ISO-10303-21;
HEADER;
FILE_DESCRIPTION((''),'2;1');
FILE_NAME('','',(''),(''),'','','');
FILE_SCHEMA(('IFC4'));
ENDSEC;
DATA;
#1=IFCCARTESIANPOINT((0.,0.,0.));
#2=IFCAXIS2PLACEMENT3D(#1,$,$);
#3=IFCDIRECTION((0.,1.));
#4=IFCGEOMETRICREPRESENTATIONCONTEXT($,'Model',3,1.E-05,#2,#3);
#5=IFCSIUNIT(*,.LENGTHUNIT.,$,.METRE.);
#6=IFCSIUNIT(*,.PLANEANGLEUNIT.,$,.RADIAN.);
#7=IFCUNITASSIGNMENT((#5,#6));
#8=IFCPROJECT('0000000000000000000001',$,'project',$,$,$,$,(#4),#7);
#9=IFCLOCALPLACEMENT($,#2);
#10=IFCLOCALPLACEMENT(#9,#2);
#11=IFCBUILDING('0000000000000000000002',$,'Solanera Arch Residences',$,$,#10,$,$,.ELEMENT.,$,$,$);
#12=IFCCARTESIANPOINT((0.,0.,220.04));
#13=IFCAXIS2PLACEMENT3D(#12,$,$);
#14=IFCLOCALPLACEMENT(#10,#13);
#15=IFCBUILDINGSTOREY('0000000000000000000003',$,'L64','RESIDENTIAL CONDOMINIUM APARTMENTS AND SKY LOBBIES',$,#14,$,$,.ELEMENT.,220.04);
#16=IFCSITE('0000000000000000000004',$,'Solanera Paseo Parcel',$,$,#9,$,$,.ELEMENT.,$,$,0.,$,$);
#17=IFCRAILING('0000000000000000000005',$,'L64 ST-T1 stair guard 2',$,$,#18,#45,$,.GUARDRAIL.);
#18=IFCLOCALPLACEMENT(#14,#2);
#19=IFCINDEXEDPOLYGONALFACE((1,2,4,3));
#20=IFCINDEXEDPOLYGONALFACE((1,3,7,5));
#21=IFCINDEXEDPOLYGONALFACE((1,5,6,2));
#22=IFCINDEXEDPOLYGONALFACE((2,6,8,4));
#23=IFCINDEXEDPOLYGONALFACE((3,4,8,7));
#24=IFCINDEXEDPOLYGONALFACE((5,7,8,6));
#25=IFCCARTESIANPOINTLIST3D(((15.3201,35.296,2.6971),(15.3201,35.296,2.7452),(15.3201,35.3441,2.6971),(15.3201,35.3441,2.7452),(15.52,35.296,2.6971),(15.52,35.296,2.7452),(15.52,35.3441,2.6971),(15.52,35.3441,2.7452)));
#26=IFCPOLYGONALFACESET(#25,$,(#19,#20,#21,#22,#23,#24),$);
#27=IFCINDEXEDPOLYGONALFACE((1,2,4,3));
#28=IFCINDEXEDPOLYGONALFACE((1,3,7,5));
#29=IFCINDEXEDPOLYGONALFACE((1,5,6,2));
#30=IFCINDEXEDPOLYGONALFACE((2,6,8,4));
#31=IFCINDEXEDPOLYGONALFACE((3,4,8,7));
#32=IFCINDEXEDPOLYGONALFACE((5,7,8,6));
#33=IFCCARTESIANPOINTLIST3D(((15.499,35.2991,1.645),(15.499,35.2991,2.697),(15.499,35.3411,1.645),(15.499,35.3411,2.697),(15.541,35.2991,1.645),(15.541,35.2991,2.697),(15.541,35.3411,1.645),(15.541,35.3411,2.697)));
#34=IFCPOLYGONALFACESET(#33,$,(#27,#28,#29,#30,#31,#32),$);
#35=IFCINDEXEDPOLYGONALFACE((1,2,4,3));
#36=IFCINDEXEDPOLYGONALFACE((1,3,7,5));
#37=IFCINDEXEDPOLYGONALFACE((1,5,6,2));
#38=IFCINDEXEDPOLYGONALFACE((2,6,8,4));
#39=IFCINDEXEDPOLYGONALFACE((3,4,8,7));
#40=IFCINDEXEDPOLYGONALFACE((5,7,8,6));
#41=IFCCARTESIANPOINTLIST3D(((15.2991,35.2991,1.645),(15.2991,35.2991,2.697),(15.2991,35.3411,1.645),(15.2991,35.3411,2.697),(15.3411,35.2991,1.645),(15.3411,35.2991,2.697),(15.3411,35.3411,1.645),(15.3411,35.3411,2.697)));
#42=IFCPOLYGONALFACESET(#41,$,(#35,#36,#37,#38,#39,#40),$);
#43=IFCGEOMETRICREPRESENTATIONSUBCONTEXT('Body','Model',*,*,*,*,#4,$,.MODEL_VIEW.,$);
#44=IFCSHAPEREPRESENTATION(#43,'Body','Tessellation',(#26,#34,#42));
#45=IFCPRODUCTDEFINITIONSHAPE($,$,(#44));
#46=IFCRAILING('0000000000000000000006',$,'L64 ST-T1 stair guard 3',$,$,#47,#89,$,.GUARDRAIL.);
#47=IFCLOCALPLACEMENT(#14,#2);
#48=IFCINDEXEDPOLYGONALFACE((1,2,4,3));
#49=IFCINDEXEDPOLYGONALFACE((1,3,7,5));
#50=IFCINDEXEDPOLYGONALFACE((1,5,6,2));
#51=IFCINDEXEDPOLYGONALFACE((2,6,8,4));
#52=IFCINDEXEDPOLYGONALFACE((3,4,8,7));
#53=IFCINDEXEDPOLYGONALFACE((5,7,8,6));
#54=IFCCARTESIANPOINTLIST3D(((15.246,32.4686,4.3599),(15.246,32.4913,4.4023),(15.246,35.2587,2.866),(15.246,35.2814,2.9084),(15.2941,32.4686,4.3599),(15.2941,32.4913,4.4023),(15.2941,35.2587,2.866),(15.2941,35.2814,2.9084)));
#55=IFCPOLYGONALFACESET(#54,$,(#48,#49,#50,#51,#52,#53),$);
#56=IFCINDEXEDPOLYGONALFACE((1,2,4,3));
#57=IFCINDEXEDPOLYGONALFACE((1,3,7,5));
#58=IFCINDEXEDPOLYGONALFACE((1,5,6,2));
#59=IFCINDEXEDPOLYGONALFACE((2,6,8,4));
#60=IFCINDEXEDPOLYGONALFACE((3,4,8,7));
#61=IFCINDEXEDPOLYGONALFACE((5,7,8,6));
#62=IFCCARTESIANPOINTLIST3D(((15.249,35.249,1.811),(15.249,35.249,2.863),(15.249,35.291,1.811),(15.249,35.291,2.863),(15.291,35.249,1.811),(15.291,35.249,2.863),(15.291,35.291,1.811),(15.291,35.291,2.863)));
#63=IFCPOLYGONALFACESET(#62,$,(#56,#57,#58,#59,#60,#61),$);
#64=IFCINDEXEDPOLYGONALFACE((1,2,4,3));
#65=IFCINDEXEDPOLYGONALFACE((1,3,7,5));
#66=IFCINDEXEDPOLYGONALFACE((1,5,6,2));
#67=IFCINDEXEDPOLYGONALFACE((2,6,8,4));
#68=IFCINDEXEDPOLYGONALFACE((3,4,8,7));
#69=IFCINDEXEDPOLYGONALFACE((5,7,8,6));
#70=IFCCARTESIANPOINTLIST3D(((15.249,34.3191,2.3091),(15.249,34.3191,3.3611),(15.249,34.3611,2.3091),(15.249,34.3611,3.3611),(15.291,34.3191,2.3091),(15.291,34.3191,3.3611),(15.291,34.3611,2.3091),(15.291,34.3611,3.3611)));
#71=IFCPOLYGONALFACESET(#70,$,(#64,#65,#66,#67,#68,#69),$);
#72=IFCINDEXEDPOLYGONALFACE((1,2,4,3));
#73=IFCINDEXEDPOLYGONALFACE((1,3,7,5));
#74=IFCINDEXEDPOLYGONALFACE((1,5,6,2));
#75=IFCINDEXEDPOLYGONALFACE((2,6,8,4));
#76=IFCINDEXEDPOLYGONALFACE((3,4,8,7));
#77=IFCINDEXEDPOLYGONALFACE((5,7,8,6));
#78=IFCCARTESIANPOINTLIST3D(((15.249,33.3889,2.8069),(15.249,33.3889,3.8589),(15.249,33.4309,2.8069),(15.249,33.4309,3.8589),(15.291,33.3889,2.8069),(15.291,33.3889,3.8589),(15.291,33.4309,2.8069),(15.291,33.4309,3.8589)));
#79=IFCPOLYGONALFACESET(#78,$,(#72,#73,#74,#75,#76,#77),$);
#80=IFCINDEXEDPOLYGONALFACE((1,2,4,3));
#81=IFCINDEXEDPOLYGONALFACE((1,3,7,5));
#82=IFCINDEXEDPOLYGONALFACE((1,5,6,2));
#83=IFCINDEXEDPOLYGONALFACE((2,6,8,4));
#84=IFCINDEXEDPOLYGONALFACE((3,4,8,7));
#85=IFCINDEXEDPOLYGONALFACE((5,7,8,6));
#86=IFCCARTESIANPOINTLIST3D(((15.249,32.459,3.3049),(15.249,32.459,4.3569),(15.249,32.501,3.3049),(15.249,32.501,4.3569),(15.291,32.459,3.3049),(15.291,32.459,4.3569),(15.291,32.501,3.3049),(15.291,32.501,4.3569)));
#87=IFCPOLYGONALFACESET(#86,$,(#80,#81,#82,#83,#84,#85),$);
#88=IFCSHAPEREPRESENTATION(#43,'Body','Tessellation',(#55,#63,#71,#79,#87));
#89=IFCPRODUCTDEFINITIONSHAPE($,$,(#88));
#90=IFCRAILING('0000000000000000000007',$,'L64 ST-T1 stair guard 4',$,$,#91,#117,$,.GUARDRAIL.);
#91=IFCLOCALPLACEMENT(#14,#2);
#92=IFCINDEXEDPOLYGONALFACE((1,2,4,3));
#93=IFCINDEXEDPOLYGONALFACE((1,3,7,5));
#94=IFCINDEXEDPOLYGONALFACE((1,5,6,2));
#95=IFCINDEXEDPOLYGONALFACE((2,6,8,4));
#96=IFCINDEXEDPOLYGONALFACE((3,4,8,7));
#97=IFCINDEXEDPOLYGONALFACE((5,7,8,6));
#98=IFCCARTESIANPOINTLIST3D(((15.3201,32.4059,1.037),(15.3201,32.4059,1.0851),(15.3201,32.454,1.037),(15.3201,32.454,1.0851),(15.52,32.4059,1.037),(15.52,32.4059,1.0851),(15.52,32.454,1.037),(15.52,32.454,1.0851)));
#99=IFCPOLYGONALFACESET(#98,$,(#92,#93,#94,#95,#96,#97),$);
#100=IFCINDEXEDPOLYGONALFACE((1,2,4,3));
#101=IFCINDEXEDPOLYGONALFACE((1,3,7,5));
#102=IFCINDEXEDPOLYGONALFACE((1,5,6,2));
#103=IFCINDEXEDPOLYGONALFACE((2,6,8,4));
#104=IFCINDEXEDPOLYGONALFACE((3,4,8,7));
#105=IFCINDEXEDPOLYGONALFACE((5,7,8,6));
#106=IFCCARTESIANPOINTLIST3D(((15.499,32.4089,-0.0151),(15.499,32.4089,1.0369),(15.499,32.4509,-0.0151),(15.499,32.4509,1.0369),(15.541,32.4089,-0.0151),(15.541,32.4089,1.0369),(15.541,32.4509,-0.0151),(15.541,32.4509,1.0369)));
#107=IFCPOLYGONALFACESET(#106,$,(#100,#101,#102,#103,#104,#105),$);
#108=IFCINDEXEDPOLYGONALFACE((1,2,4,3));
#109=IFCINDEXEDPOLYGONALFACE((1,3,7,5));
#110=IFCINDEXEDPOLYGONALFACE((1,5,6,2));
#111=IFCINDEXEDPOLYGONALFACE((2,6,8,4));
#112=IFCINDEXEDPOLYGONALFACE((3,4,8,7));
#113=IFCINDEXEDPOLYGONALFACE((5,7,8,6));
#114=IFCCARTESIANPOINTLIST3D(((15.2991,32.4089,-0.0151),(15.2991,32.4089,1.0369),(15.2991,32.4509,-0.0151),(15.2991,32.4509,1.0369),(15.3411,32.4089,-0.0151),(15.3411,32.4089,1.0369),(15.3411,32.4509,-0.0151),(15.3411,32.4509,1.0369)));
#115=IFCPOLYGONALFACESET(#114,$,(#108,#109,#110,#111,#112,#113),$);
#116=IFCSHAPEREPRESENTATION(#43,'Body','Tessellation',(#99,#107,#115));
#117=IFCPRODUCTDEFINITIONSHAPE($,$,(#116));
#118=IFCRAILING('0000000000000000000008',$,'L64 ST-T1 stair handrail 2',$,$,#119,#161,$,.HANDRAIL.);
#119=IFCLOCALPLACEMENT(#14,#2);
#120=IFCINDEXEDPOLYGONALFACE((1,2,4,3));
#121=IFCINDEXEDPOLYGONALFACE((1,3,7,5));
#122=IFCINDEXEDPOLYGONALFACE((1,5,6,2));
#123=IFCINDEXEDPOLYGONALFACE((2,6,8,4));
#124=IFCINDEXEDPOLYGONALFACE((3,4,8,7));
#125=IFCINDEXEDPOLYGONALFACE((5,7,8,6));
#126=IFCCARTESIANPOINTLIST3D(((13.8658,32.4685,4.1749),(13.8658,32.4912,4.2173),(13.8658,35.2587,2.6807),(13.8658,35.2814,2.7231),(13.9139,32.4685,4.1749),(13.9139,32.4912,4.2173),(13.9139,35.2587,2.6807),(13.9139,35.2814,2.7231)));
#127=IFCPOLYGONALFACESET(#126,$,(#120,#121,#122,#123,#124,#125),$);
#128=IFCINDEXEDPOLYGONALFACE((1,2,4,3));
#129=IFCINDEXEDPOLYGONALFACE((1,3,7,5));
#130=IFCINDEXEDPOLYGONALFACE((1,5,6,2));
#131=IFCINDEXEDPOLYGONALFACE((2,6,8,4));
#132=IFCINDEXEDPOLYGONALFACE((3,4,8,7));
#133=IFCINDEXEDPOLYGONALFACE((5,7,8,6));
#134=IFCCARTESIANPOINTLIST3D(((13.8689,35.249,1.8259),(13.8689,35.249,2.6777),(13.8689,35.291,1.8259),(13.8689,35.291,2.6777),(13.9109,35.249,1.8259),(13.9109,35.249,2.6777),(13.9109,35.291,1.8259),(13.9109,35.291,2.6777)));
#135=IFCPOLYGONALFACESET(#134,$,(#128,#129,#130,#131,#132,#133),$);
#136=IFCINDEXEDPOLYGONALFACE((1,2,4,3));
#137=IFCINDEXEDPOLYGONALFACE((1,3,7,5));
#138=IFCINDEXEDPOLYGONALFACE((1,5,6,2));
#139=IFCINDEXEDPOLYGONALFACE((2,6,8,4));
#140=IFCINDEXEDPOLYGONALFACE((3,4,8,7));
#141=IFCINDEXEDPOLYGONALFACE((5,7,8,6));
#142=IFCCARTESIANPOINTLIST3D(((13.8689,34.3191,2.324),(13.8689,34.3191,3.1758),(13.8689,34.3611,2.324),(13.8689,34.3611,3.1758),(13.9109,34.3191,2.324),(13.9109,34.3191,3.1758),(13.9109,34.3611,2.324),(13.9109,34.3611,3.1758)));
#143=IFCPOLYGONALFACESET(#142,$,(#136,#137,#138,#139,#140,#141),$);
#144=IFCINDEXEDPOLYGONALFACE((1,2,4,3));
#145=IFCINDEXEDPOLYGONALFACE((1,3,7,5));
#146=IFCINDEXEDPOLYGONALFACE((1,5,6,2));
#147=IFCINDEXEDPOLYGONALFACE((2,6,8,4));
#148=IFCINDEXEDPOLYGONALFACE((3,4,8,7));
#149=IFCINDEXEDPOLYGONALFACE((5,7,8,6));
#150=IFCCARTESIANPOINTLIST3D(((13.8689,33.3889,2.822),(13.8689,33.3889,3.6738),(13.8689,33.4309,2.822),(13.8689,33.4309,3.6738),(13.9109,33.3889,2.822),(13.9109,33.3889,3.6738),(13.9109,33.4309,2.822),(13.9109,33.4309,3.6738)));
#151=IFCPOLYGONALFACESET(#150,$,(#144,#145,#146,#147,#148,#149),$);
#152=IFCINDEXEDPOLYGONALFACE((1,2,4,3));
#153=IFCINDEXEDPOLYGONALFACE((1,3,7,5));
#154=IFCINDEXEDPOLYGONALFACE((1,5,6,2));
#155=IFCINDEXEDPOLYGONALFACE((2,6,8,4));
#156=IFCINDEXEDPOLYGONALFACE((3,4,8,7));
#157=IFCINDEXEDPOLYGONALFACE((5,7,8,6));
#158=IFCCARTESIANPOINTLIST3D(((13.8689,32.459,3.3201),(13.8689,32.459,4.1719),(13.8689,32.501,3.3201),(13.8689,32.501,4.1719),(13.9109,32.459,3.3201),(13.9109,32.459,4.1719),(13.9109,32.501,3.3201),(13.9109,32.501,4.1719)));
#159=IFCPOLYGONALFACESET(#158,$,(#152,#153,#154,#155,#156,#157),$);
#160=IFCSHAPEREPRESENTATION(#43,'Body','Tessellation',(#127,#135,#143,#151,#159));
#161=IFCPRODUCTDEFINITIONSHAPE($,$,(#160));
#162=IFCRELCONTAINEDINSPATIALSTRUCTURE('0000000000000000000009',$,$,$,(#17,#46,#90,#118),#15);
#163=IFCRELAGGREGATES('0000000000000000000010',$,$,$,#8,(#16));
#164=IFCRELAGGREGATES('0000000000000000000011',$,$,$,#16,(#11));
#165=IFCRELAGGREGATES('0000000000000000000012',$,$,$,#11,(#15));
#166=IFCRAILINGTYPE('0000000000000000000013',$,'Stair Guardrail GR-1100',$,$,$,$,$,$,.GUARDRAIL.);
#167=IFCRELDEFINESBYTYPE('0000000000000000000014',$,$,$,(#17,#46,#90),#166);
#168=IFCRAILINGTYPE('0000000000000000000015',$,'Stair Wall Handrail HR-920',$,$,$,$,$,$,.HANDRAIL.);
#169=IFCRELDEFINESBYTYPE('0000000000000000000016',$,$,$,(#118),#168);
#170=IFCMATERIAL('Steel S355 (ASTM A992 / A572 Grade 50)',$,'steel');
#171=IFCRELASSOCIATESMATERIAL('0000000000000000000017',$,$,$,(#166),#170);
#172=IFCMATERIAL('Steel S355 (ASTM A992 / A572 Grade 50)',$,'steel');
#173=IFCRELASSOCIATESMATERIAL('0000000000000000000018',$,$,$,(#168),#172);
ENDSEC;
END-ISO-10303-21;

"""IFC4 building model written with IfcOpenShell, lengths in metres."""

from ifc_helpers import new_model, si_unit, direction, frame, origin, origin_2d, place, context, subcontext, project, spatial, rectangle, extrude, material, type_object, element, save


model = new_model("IFC4")

# Units and contexts
model_context = context("Model", 3, precision=1e-05, world=origin(), true_north=direction((0.0, 1.0)))
body_context = subcontext(model_context, "Body", "Model", "MODEL_VIEW")
ifc_project = project(units=[si_unit("LENGTHUNIT", "METRE"), si_unit("PLANEANGLEUNIT", "RADIAN")], contexts=[model_context])

# Site, building, storey
site_placement = place(None, origin())
site = spatial("IfcSite", under=ifc_project, at=site_placement, Name="Solanera Paseo Parcel", CompositionType="ELEMENT", RefElevation=0.0)
building_placement = place(site_placement, origin())
building = spatial("IfcBuilding", under=site, at=building_placement, Name="Solanera Arch Residences", CompositionType="ELEMENT")
storey_placement = place(building_placement, frame((0.0, 0.0, 220.04)))
storey = spatial("IfcBuildingStorey", under=building, at=storey_placement, Name="L64", Description="RESIDENTIAL CONDOMINIUM APARTMENTS AND SKY LOBBIES", CompositionType="ELEMENT", Elevation=220.04)

# Railings
ifc_material_1 = material(Name="Steel S355 (ASTM A992 / A572 Grade 50)", Category="steel")
railing_type_1 = type_object("IfcRailingType", Name="Stair Guardrail GR-1100", PredefinedType="GUARDRAIL", material=ifc_material_1)
railing_1_placement = place(storey_placement, frame((15.52, 35.3201, 1.645)))
element("IfcRailing", 1, at=railing_1_placement, inside=storey, type_object=railing_type_1, Name="L64 ST-T1 stair guard 2", PredefinedType="GUARDRAIL", context=body_context, shape_type="SweptSolid", body=[
    extrude(rectangle(XDim=0.0481, YDim=0.0481, at=origin_2d()), frame((0.0, 0.0, 1.0762), z_axis=(-1.0, 0.0, 0.0), x_axis=(0.0, -1.0, 0.0)), (0.0, 0.0, 1.0), 0.2),
    extrude(rectangle(XDim=0.042, YDim=0.042, at=origin_2d()), origin(), (0.0, 0.0, 1.0), 1.052),
    extrude(rectangle(XDim=0.042, YDim=0.042, at=origin_2d()), frame((-0.2, 0.0, 0.0)), (0.0, 0.0, 1.0), 1.052),
])
railing_2_placement = place(storey_placement, frame((15.27, 35.27, 1.811)))
element("IfcRailing", 2, at=railing_2_placement, inside=storey, type_object=railing_type_1, Name="L64 ST-T1 stair guard 3", PredefinedType="GUARDRAIL", context=body_context, shape_type="SweptSolid", body=[
    extrude(rectangle(XDim=0.0481, YDim=0.0481, at=origin_2d()), frame((0.0, 0.0, 1.0762), z_axis=(0.0, -0.881581, 0.472033), x_axis=(1.0, 0.0, 0.0)), (0.0, 0.0, 1.0), 3.1648),
    extrude(rectangle(XDim=0.042, YDim=0.042, at=origin_2d()), origin(), (0.0, 0.0, 1.0), 1.052),
    extrude(rectangle(XDim=0.042, YDim=0.042, at=origin_2d()), frame((0.0, -0.9299, 0.498)), (0.0, 0.0, 1.0), 1.052),
    extrude(rectangle(XDim=0.042, YDim=0.042, at=origin_2d()), frame((0.0, -1.8601, 0.9958)), (0.0, 0.0, 1.0), 1.052),
    extrude(rectangle(XDim=0.042, YDim=0.042, at=origin_2d()), frame((0.0, -2.79, 1.4939)), (0.0, 0.0, 1.0), 1.052),
])
railing_3_placement = place(storey_placement, frame((15.52, 32.4299, -0.0151)))
element("IfcRailing", 3, at=railing_3_placement, inside=storey, type_object=railing_type_1, Name="L64 ST-T1 stair guard 4", PredefinedType="GUARDRAIL", context=body_context, shape_type="SweptSolid", body=[
    extrude(rectangle(XDim=0.0481, YDim=0.0481, at=origin_2d()), frame((0.0, 0.0, 1.0762), z_axis=(-1.0, 0.0, 0.0), x_axis=(0.0, -1.0, 0.0)), (0.0, 0.0, 1.0), 0.2),
    extrude(rectangle(XDim=0.042, YDim=0.042, at=origin_2d()), origin(), (0.0, 0.0, 1.0), 1.052),
    extrude(rectangle(XDim=0.042, YDim=0.042, at=origin_2d()), frame((-0.2, 0.0, 0.0)), (0.0, 0.0, 1.0), 1.052),
])
ifc_material_2 = material(Name="Steel S355 (ASTM A992 / A572 Grade 50)", Category="steel")
railing_type_2 = type_object("IfcRailingType", Name="Stair Wall Handrail HR-920", PredefinedType="HANDRAIL", material=ifc_material_2)
railing_4_placement = place(storey_placement, frame((13.8899, 35.27, 1.8259)))
element("IfcRailing", 4, at=railing_4_placement, inside=storey, type_object=railing_type_2, Name="L64 ST-T1 stair handrail 2", PredefinedType="HANDRAIL", context=body_context, shape_type="SweptSolid", body=[
    extrude(rectangle(XDim=0.0481, YDim=0.0481, at=origin_2d()), frame((0.0, 0.0, 0.876), z_axis=(0.0, -0.881549, 0.472093), x_axis=(1.0, 0.0, 0.0)), (0.0, 0.0, 1.0), 3.165),
    extrude(rectangle(XDim=0.042, YDim=0.042, at=origin_2d()), origin(), (0.0, 0.0, 1.0), 0.8518),
    extrude(rectangle(XDim=0.042, YDim=0.042, at=origin_2d()), frame((0.0, -0.9299, 0.498)), (0.0, 0.0, 1.0), 0.8518),
    extrude(rectangle(XDim=0.042, YDim=0.042, at=origin_2d()), frame((0.0, -1.8601, 0.9961)), (0.0, 0.0, 1.0), 0.8518),
    extrude(rectangle(XDim=0.042, YDim=0.042, at=origin_2d()), frame((0.0, -2.79, 1.4941)), (0.0, 0.0, 1.0), 0.8518),
])

save(model, "model.ifc")
